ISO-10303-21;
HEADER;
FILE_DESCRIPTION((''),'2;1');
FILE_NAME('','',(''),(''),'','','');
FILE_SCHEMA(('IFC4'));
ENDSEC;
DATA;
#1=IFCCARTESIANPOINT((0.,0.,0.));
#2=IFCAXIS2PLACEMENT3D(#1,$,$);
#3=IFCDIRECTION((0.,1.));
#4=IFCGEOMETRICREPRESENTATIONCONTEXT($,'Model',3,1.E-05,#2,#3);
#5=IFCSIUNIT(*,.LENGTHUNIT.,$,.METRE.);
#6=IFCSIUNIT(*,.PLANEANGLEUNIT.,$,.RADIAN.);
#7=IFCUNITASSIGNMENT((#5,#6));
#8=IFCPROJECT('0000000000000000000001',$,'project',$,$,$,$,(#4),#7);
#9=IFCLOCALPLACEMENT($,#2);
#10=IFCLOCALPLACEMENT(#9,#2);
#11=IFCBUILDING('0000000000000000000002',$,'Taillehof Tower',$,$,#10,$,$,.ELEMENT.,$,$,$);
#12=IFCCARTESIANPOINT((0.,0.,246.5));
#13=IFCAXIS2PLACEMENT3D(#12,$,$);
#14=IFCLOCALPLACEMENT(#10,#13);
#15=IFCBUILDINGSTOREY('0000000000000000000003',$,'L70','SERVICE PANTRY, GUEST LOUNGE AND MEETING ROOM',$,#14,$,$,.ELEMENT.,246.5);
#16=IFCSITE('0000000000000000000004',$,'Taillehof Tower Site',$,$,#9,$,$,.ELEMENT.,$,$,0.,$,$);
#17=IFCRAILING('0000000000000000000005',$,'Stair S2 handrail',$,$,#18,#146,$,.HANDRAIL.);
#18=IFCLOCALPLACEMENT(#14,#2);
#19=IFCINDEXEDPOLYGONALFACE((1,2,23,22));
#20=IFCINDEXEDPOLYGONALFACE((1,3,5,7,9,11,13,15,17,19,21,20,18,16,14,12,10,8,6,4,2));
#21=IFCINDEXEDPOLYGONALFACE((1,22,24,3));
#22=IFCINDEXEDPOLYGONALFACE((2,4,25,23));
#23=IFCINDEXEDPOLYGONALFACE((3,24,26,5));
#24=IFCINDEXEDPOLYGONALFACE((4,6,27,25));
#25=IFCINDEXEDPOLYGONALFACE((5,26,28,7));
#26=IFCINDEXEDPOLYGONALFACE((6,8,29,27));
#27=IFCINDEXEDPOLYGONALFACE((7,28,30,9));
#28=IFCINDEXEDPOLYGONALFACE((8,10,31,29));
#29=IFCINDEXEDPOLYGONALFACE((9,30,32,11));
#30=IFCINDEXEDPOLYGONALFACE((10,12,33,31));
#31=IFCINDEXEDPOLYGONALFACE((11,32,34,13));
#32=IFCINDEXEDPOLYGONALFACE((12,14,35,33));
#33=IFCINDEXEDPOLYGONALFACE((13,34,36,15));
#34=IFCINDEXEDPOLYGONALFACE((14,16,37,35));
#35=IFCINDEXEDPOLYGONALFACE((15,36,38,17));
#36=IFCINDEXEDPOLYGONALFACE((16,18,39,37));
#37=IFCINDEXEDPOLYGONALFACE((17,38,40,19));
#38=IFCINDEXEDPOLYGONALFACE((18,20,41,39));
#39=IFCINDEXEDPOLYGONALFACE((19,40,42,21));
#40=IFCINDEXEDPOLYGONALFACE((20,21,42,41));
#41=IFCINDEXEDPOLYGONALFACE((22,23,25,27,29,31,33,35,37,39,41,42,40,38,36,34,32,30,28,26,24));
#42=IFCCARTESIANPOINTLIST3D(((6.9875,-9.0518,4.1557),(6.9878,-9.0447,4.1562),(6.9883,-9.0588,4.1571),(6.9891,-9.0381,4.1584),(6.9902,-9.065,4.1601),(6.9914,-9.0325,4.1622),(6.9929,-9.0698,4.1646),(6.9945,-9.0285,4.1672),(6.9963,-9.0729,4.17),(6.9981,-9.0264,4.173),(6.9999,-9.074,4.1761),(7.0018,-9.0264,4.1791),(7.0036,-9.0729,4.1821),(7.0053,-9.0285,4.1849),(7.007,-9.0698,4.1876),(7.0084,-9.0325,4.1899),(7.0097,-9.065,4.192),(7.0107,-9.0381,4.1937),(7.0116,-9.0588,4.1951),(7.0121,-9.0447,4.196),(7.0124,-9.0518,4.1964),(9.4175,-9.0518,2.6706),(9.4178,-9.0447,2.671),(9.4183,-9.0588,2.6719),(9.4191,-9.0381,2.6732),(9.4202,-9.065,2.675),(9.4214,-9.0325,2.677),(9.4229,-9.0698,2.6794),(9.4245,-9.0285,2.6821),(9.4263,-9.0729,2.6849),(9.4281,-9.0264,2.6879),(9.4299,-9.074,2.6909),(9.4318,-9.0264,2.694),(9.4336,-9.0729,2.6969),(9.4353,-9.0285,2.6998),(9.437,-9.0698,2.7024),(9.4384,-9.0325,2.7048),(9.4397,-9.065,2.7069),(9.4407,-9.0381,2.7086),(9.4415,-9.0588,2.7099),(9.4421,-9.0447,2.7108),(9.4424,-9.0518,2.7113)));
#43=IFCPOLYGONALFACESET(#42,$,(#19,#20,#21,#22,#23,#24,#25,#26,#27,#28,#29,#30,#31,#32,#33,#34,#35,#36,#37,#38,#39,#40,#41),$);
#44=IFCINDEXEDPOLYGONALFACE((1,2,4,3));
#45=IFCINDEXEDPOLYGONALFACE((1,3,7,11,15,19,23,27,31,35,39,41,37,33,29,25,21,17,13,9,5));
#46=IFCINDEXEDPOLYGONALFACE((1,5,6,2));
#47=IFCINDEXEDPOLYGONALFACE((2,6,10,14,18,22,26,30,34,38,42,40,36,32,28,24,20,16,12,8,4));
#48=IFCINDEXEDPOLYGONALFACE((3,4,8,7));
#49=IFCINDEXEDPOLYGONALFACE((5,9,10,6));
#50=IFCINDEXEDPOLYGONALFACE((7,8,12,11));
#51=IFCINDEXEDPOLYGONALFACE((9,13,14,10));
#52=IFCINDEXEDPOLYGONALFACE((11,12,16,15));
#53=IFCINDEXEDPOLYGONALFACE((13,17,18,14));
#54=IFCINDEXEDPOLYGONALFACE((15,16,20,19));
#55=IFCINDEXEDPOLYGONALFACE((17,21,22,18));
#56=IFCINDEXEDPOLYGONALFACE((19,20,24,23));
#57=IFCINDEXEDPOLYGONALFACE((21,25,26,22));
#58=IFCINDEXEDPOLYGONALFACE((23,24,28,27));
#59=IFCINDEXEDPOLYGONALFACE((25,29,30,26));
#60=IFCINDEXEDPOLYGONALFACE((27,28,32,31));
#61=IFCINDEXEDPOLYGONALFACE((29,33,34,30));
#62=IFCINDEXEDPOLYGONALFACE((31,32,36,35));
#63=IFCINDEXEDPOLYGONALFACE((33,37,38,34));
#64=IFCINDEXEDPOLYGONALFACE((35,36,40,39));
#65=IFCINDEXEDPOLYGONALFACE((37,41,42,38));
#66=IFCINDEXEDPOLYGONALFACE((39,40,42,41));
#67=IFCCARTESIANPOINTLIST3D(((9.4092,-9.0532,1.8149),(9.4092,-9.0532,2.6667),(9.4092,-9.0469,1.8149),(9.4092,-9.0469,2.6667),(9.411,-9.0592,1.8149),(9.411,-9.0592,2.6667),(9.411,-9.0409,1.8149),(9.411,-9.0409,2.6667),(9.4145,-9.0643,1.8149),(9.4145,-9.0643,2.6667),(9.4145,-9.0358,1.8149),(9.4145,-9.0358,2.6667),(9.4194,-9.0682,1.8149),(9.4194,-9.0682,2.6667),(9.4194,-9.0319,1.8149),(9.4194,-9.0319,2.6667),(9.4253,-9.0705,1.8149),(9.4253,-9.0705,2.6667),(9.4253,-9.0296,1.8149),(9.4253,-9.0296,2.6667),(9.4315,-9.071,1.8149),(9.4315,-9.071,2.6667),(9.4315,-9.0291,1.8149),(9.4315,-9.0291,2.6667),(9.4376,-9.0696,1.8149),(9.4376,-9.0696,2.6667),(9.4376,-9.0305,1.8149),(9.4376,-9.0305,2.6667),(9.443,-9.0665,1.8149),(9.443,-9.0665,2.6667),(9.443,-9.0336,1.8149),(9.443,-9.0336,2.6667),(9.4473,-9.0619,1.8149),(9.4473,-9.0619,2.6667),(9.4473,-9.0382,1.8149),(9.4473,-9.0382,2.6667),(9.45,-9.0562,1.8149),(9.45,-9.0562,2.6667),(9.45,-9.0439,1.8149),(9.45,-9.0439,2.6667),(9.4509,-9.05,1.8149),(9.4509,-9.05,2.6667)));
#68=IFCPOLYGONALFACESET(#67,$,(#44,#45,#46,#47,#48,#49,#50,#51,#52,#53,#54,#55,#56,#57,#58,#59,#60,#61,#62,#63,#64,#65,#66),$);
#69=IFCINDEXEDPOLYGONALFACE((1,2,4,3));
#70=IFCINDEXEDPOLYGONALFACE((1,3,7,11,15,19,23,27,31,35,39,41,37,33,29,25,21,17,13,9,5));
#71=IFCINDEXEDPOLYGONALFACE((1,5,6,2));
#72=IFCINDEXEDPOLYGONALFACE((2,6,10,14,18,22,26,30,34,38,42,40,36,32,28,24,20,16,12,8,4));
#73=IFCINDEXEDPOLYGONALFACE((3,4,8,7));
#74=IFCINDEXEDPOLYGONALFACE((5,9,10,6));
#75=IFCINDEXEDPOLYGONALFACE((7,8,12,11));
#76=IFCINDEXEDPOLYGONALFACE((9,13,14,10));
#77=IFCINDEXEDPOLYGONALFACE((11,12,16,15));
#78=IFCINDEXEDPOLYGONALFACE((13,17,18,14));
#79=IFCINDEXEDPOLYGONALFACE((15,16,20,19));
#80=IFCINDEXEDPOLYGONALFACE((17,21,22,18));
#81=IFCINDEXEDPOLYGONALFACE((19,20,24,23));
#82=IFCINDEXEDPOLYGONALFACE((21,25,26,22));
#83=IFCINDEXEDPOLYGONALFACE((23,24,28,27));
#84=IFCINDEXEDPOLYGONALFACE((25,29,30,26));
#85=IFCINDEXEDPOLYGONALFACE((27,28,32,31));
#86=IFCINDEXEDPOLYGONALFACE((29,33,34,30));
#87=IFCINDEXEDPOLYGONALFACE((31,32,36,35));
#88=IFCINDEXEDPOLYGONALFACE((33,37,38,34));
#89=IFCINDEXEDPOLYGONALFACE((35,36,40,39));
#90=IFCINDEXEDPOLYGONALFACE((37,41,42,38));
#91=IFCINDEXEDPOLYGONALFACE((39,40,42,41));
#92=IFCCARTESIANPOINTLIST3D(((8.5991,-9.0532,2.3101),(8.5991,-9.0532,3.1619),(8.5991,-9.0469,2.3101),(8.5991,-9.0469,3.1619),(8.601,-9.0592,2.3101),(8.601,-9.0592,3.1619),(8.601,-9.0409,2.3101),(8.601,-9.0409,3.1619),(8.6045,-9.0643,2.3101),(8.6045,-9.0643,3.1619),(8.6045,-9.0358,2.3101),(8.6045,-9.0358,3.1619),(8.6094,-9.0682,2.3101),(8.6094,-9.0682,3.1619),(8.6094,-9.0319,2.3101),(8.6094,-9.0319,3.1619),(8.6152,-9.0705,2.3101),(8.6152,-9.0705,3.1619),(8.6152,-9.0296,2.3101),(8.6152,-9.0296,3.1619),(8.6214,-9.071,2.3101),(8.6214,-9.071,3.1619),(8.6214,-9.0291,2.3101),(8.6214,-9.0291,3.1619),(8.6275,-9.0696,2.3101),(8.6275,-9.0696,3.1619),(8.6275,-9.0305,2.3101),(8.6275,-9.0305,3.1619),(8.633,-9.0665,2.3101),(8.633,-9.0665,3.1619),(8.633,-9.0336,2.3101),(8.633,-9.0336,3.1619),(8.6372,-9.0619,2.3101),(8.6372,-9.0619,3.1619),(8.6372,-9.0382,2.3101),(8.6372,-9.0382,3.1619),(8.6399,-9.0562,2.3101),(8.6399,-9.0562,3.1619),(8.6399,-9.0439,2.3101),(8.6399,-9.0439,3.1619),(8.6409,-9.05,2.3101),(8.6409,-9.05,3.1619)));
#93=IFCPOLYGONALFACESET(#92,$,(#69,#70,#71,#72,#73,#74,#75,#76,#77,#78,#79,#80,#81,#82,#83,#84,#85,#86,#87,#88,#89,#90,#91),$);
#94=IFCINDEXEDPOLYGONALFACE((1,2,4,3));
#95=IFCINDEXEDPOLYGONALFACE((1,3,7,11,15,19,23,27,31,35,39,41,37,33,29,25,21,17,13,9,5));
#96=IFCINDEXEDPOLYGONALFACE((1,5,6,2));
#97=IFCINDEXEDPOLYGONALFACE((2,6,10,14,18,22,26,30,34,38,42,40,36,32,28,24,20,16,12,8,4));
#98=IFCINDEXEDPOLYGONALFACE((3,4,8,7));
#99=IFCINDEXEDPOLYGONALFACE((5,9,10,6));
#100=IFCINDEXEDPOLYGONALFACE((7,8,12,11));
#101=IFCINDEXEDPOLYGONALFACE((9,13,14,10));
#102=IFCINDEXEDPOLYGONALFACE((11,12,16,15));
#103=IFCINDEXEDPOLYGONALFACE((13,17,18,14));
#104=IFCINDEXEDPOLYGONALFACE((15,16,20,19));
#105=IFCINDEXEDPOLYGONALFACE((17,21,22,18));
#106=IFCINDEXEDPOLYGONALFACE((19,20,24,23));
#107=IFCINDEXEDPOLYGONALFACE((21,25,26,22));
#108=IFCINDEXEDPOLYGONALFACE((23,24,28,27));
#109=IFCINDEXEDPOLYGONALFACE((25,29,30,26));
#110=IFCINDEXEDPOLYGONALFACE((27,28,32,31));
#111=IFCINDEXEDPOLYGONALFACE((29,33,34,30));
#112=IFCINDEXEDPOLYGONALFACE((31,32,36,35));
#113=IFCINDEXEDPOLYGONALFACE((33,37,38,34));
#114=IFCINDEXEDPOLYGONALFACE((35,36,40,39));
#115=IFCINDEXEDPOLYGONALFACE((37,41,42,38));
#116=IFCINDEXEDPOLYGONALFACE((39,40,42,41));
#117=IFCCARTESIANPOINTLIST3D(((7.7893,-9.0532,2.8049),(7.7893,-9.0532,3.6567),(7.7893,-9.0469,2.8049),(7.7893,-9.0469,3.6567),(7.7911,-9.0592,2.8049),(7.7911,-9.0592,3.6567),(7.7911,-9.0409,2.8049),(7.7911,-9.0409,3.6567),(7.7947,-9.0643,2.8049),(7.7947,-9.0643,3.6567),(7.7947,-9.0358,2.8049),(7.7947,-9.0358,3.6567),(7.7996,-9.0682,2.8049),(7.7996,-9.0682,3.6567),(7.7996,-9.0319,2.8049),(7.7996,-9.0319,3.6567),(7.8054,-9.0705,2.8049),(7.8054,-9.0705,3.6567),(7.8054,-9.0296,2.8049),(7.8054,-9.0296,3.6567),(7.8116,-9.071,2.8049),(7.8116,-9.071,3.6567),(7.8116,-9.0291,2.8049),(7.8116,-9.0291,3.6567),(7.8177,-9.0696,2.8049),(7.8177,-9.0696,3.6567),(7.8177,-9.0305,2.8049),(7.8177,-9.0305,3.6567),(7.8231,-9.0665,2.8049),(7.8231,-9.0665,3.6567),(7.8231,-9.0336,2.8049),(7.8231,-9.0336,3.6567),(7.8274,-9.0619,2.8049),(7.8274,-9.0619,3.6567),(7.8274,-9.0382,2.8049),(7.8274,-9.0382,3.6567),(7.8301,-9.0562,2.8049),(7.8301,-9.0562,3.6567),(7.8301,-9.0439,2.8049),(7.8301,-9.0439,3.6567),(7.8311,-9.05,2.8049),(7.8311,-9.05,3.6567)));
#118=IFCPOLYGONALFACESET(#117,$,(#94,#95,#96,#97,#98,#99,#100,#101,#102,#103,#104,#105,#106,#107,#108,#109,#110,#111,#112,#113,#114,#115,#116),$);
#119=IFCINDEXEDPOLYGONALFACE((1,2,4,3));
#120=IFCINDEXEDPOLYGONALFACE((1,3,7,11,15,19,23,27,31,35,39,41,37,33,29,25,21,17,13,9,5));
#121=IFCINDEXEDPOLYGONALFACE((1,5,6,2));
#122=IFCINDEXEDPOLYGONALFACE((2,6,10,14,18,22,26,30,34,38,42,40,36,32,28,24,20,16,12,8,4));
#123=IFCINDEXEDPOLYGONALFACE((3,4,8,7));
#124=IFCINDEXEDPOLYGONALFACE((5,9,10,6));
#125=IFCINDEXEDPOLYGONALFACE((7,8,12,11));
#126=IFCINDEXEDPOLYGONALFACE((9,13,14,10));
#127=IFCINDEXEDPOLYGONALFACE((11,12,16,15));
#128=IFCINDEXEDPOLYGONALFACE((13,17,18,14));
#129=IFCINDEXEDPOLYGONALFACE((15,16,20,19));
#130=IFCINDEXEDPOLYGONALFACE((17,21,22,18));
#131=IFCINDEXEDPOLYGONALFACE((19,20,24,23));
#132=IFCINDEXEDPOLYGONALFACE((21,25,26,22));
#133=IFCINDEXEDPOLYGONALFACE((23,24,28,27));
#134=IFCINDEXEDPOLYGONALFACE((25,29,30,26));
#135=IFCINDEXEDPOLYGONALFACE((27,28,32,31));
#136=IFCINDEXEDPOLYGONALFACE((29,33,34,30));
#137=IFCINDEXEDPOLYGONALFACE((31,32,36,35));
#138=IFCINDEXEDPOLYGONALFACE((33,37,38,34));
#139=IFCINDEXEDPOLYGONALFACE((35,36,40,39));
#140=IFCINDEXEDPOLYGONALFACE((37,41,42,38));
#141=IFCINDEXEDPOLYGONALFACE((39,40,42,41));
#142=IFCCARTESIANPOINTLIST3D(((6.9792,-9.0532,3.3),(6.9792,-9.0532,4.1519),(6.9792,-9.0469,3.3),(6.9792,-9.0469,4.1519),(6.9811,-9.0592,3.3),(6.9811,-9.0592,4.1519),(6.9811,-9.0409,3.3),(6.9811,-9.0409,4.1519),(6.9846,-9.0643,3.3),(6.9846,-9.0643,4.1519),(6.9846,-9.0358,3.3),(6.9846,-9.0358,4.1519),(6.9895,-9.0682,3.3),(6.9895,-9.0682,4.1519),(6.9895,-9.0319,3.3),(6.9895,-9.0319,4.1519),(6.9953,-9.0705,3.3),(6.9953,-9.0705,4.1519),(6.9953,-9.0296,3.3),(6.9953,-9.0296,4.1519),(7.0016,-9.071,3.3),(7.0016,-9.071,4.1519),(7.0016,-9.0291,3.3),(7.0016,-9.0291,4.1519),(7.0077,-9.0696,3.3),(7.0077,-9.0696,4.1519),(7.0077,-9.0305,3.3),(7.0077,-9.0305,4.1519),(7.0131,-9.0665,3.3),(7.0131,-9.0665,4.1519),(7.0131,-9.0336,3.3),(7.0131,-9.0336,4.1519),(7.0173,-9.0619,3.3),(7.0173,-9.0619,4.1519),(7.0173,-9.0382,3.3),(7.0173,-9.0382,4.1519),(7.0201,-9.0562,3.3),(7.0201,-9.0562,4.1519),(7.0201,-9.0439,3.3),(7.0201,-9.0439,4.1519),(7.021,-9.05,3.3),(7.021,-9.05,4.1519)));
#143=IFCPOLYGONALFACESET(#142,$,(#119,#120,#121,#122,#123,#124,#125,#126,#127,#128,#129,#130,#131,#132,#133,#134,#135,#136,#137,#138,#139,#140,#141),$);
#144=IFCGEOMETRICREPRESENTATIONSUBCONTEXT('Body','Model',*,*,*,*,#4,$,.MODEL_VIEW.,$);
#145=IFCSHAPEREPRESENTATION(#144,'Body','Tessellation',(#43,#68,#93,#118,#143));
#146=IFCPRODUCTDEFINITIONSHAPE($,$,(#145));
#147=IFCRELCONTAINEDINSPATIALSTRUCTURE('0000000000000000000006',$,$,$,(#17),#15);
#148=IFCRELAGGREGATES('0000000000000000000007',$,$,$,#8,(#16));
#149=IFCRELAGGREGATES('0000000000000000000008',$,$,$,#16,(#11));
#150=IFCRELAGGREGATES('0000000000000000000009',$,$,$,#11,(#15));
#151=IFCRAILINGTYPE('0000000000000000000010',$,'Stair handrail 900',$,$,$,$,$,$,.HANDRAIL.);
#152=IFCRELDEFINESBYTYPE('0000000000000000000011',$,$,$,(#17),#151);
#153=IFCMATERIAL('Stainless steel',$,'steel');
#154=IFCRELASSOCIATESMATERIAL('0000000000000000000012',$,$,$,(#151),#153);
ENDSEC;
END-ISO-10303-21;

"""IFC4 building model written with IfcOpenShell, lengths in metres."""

from ifc_helpers import new_model, si_unit, direction, frame, origin, origin_2d, place, context, subcontext, project, spatial, circle, extrude, material, type_object, element, save


model = new_model("IFC4")

# Units and contexts
model_context = context("Model", 3, precision=1e-05, world=origin(), true_north=direction((0.0, 1.0)))
body_context = subcontext(model_context, "Body", "Model", "MODEL_VIEW")
ifc_project = project(units=[si_unit("LENGTHUNIT", "METRE"), si_unit("PLANEANGLEUNIT", "RADIAN")], contexts=[model_context])

# Site, building, storey
site_placement = place(None, origin())
site = spatial("IfcSite", under=ifc_project, at=site_placement, Name="Taillehof Tower Site", CompositionType="ELEMENT", RefElevation=0.0)
building_placement = place(site_placement, origin())
building = spatial("IfcBuilding", under=site, at=building_placement, Name="Taillehof Tower", CompositionType="ELEMENT")
storey_placement = place(building_placement, frame((0.0, 0.0, 246.5)))
storey = spatial("IfcBuildingStorey", under=building, at=storey_placement, Name="L70", Description="SERVICE PANTRY, GUEST LOUNGE AND MEETING ROOM", CompositionType="ELEMENT", Elevation=246.5)

# Railing
ifc_material_1 = material(Name="Stainless steel", Category="steel")
railing_type = type_object("IfcRailingType", Name="Stair handrail 900", PredefinedType="HANDRAIL", material=ifc_material_1)
railing_placement = place(storey_placement, frame((9.4299, -9.05, 1.8149)))
element("IfcRailing", 1, at=railing_placement, inside=storey, type_object=railing_type, Name="Stair S2 handrail", PredefinedType="HANDRAIL", context=body_context, shape_type="SweptSolid", body=[
    extrude(circle(Radius=0.0239, at=origin_2d()), frame((0.0, 0.0, 0.876), z_axis=(-0.853259, 0.0, 0.521488), x_axis=(0.0, -1.0, 0.0)), (0.0, 0.0, 1.0), 2.8479),
    extrude(circle(Radius=0.021, at=origin_2d()), origin(), (0.0, 0.0, 1.0), 0.8518),
    extrude(circle(Radius=0.021, at=origin_2d()), frame((-0.8101, 0.0, 0.4951)), (0.0, 0.0, 1.0), 0.8518),
    extrude(circle(Radius=0.021, at=origin_2d()), frame((-1.6199, 0.0, 0.99)), (0.0, 0.0, 1.0), 0.8518),
    extrude(circle(Radius=0.021, at=origin_2d()), frame((-2.4299, 0.0, 1.4851)), (0.0, 0.0, 1.0), 0.8518),
])

save(model, "model.ifc")
